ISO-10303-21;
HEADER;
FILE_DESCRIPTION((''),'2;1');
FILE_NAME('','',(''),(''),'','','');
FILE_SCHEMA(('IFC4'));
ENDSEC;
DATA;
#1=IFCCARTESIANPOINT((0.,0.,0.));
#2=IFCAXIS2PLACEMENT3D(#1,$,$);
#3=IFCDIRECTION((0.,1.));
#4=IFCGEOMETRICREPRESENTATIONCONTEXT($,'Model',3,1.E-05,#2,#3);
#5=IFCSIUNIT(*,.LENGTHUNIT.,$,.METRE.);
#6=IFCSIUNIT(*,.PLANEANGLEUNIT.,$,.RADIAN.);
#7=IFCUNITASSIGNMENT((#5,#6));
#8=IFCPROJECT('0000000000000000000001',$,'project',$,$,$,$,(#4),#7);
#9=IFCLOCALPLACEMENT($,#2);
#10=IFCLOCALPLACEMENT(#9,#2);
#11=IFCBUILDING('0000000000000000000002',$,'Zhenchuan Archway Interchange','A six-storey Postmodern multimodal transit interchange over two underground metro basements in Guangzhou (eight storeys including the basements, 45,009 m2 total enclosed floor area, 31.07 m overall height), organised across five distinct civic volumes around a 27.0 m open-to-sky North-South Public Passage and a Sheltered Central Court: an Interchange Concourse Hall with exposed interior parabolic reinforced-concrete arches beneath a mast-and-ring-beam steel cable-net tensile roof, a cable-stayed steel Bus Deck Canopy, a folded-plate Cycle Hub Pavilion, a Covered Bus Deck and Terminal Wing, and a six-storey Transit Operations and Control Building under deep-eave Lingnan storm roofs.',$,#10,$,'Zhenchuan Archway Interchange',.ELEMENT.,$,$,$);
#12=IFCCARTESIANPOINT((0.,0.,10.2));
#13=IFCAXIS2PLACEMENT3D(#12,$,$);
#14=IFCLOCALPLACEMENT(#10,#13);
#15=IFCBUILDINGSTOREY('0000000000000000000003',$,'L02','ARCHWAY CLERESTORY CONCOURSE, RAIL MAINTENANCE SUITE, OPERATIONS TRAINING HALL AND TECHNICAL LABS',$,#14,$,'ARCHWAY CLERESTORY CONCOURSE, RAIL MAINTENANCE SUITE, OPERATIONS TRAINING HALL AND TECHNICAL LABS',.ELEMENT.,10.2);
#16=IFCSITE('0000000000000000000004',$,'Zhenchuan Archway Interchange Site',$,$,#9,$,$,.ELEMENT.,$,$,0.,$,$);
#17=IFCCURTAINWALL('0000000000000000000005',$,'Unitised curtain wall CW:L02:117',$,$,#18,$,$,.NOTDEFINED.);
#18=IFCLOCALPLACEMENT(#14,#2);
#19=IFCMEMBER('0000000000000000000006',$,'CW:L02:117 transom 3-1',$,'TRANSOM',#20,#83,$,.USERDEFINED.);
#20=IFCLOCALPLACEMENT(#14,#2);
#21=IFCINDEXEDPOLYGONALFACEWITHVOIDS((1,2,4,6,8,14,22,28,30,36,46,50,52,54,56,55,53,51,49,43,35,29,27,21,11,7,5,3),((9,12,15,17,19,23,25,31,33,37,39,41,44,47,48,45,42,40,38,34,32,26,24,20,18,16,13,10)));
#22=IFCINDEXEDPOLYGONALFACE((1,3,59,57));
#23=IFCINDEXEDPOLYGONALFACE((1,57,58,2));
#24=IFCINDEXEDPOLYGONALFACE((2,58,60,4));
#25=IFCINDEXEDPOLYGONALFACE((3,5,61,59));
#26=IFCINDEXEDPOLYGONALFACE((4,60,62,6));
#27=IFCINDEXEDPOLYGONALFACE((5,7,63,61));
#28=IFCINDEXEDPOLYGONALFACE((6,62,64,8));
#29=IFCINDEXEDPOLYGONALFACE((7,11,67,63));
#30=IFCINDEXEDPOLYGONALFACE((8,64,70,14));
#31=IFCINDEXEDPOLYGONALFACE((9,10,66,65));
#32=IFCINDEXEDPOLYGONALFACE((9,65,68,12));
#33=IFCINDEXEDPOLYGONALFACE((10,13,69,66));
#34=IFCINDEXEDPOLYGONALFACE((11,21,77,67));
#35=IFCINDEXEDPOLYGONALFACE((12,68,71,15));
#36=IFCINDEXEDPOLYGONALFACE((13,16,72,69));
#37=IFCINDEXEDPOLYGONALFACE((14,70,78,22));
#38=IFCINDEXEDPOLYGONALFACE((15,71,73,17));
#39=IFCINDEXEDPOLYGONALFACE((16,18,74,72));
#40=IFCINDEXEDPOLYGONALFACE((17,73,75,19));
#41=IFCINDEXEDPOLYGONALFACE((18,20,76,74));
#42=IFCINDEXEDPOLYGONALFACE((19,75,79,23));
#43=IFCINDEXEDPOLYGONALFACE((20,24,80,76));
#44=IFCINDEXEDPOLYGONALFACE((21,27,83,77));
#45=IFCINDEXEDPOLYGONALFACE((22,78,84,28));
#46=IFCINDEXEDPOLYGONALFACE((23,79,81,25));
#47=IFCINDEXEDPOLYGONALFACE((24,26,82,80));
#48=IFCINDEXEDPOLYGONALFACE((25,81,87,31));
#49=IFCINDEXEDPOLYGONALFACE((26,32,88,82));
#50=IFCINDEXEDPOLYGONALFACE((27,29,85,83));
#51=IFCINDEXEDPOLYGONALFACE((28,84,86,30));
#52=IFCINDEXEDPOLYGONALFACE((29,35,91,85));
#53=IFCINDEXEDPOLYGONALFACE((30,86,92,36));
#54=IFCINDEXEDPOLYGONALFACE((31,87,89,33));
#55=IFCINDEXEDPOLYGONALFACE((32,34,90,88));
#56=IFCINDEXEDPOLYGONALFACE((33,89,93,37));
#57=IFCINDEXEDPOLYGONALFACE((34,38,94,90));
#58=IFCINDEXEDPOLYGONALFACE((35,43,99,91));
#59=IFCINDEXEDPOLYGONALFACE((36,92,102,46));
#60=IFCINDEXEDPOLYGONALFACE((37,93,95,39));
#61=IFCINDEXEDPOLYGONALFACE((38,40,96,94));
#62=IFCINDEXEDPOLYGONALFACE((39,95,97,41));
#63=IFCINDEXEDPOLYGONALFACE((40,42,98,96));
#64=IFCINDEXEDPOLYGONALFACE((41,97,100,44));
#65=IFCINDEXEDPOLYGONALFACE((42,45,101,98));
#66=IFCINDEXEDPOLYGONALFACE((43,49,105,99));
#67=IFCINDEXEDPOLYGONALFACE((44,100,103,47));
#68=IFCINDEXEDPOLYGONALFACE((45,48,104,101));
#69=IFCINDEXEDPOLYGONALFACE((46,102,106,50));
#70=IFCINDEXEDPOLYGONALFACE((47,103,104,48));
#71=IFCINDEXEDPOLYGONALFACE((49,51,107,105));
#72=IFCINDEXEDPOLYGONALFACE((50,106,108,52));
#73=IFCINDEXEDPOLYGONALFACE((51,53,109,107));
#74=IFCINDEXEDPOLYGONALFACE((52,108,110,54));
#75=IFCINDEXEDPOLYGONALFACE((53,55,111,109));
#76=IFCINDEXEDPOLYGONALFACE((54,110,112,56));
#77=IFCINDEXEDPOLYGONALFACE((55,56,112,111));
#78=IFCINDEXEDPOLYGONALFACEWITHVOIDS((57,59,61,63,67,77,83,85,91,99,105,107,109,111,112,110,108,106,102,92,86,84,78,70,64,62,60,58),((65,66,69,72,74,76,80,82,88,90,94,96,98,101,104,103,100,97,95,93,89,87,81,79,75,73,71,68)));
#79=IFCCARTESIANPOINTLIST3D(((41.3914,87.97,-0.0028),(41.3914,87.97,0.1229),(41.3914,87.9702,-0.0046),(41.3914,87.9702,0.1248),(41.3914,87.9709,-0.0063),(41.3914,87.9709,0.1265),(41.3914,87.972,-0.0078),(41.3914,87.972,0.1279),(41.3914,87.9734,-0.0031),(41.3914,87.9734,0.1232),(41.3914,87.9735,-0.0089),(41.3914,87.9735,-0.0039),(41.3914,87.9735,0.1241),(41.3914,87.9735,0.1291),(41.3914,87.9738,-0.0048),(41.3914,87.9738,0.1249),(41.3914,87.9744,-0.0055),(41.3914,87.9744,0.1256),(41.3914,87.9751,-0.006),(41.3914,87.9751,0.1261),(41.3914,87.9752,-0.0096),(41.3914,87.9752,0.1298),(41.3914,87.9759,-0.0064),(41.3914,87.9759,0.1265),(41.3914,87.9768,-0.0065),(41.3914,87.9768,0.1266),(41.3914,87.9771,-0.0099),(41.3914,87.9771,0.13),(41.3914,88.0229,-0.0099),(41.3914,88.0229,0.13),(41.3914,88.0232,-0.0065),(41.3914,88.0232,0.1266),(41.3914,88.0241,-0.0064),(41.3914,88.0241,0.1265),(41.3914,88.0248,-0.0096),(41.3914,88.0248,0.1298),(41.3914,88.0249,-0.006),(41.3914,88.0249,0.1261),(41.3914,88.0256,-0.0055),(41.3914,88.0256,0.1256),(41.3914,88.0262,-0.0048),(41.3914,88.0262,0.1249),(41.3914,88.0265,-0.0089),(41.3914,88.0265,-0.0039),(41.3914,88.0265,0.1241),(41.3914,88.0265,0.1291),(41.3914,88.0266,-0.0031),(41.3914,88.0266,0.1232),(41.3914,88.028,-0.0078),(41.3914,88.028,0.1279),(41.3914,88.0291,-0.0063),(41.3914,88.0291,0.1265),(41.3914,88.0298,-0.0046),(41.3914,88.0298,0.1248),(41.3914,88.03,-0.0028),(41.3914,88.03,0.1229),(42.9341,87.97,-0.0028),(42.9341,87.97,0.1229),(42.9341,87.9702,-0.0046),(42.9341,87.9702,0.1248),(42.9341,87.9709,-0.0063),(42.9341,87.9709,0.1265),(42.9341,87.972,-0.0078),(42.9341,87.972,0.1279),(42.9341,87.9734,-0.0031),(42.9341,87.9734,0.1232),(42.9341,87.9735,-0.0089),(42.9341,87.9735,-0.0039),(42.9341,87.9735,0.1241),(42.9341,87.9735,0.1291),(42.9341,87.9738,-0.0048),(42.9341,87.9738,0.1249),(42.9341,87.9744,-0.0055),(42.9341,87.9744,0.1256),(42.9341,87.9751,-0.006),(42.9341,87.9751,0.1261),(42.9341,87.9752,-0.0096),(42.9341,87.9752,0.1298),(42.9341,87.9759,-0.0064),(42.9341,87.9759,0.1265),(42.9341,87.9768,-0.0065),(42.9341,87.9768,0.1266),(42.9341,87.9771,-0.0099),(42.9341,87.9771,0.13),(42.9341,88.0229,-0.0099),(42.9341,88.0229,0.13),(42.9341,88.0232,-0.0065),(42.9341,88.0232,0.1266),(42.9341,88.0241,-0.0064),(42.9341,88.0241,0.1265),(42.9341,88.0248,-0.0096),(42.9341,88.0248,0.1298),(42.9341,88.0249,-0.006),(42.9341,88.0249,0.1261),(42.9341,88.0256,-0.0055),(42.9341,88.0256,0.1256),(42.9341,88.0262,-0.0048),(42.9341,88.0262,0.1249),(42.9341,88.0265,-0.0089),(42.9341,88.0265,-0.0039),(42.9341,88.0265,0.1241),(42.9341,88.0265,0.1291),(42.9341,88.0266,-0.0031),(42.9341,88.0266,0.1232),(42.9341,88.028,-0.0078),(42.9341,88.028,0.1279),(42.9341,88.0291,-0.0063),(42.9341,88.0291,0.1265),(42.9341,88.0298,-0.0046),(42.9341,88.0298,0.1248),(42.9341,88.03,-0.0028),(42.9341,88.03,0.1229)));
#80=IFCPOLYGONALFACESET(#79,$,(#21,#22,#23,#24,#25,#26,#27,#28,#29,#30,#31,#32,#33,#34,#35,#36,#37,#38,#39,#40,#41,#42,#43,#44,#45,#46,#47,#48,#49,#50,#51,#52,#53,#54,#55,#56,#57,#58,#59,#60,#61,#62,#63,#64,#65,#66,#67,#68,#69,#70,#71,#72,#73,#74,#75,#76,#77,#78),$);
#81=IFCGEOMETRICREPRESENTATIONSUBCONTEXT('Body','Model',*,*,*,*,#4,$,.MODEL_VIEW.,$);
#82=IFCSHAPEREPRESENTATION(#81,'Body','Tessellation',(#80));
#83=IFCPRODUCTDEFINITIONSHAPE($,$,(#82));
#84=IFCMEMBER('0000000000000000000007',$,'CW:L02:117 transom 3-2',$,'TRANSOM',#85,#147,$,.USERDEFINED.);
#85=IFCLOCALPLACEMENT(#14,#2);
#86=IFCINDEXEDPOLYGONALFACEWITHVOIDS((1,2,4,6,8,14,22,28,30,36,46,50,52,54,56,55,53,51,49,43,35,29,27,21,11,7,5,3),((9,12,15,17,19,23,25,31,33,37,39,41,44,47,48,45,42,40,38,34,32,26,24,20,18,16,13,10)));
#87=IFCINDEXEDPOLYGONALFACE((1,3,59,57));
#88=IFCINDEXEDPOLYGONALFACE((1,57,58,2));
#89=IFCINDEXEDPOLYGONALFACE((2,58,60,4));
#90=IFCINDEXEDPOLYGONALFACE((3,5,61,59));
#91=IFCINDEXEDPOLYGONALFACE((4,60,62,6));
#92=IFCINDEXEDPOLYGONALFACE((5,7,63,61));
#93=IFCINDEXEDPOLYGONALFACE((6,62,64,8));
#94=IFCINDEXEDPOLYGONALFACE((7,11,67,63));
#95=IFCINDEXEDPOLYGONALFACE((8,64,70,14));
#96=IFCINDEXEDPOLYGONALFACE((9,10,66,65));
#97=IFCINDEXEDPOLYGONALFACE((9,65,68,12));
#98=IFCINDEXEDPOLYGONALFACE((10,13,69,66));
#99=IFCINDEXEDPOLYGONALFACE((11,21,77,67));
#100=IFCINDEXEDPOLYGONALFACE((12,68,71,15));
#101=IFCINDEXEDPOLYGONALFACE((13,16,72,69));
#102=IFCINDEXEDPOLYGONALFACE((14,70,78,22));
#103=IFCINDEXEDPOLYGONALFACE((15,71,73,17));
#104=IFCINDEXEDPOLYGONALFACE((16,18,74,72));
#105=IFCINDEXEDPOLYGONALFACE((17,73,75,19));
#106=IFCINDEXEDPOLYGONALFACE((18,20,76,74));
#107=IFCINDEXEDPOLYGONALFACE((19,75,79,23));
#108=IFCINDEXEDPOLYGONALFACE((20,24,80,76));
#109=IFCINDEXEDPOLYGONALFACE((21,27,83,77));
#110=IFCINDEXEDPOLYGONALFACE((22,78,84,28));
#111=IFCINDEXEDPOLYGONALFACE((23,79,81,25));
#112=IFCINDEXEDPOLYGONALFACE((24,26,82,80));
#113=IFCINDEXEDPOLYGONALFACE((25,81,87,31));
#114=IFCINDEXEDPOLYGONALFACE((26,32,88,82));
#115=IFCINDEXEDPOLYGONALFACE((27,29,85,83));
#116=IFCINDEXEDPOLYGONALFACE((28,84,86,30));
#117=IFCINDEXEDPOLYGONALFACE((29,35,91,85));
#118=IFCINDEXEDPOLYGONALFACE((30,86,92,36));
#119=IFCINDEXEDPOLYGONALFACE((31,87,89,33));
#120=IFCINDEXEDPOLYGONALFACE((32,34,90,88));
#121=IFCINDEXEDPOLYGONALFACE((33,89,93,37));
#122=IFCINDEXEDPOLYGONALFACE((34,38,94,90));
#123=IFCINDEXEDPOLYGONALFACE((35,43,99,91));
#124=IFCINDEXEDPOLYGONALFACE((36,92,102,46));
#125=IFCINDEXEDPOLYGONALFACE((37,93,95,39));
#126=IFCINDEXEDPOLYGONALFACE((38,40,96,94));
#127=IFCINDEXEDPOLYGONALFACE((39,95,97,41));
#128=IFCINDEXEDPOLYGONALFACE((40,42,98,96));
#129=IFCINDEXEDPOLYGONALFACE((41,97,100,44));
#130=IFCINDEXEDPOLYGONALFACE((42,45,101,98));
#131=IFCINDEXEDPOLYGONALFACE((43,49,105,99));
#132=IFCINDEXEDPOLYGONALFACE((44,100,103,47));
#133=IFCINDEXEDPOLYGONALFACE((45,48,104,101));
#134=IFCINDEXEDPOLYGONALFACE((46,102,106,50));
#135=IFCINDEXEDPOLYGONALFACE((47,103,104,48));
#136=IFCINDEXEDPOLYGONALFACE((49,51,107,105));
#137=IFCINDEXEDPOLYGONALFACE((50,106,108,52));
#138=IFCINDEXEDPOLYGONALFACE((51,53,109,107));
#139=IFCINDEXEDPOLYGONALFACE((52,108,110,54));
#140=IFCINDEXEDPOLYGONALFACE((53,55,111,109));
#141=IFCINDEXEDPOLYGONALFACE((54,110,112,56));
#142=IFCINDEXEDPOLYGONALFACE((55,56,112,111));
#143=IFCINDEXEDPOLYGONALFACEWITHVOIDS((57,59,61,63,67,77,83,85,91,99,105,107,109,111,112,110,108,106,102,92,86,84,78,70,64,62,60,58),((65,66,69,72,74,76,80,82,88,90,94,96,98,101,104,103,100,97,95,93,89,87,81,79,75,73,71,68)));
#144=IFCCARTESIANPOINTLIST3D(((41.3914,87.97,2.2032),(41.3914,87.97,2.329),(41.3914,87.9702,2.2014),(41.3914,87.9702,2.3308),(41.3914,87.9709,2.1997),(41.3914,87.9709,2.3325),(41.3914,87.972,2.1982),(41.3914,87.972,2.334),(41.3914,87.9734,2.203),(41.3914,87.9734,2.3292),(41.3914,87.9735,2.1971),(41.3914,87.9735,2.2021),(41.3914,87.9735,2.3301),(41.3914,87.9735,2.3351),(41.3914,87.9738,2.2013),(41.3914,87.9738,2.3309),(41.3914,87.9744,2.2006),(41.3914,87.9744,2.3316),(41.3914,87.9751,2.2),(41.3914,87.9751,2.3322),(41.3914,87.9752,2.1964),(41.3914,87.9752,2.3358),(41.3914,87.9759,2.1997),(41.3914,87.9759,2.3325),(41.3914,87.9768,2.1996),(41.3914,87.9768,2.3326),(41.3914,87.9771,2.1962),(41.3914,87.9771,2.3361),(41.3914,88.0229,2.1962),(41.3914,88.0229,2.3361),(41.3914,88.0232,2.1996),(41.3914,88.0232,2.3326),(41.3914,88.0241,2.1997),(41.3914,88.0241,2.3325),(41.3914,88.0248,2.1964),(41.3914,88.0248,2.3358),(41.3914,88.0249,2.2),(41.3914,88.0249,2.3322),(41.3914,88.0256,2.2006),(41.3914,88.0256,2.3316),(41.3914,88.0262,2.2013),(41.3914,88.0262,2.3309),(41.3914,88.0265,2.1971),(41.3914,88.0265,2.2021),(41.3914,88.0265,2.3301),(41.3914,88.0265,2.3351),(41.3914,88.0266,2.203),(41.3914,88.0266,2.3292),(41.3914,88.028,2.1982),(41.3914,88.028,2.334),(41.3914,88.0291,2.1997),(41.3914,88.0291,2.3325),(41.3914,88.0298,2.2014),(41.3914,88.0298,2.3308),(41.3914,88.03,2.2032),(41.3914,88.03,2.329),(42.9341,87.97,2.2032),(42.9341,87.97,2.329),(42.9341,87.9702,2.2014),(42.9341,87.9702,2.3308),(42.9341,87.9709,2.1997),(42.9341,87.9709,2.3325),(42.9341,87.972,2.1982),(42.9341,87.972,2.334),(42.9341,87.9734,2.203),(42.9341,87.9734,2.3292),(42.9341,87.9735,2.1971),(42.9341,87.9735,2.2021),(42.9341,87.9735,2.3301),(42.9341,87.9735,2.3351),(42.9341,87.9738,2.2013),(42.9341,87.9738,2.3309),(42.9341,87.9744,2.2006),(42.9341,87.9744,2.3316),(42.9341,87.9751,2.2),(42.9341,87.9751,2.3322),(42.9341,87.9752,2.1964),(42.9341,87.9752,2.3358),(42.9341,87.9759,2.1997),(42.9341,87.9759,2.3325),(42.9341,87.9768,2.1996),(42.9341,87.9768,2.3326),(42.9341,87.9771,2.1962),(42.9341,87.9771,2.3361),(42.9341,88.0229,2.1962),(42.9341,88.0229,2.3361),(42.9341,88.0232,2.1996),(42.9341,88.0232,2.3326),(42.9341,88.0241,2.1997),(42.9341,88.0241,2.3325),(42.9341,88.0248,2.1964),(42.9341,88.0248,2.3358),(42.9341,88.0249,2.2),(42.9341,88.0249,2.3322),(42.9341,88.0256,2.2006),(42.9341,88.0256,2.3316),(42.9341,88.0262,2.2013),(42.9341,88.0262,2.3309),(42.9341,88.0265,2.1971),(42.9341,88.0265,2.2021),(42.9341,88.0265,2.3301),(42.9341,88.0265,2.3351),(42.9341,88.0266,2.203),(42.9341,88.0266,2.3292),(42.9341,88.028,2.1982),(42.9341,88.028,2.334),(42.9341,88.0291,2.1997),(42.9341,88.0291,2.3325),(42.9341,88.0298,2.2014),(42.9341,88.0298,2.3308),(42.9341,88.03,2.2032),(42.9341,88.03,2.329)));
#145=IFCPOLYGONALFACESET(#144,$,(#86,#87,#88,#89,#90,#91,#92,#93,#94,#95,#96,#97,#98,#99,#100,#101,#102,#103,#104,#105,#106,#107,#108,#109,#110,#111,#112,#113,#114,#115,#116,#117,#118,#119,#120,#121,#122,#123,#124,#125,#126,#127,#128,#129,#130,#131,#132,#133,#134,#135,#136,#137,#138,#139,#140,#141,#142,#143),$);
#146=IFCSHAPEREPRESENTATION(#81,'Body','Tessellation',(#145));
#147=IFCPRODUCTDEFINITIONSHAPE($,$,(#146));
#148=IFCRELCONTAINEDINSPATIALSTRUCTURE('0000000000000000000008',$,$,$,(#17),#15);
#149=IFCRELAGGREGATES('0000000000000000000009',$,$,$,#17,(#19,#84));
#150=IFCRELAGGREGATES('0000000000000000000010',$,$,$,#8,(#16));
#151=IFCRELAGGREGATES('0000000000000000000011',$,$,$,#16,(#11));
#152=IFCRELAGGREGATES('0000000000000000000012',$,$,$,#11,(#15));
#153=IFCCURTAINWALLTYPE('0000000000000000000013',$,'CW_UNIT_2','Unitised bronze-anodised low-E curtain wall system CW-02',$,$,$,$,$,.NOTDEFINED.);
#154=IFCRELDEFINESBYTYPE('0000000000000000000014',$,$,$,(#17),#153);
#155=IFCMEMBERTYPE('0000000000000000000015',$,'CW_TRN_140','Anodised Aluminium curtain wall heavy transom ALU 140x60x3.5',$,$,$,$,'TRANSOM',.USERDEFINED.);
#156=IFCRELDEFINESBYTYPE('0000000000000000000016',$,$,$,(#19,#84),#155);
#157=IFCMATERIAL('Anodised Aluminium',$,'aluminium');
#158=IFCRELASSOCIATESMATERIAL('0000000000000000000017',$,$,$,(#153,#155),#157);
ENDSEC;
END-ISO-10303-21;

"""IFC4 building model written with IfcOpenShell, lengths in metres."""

from ifc_helpers import new_model, si_unit, direction, frame, origin, origin_2d, place, context, subcontext, project, spatial, hollow_rectangle, extrude, material, material_profile, profile_set, type_object, element, aggregate, save


model = new_model("IFC4")

# Units and contexts
model_context = context("Model", 3, precision=1e-05, world=origin(), true_north=direction((0.0, 1.0)))
body_context = subcontext(model_context, "Body", "Model", "MODEL_VIEW")
ifc_project = project(units=[si_unit("LENGTHUNIT", "METRE"), si_unit("PLANEANGLEUNIT", "RADIAN")], contexts=[model_context])

# Site, building, storey
site_placement = place(None, origin())
site = spatial("IfcSite", under=ifc_project, at=site_placement, Name="Zhenchuan Archway Interchange Site", CompositionType="ELEMENT", RefElevation=0.0)
building_placement = place(site_placement, origin())
building = spatial("IfcBuilding", under=site, at=building_placement, Name="Zhenchuan Archway Interchange", Description="A six-storey Postmodern multimodal transit interchange over two underground metro basements in Guangzhou (eight storeys including the basements, 45,009 m2 total enclosed floor area, 31.07 m overall height), organised across five distinct civic volumes around a 27.0 m open-to-sky North-South Public Passage and a Sheltered Central Court: an Interchange Concourse Hall with exposed interior parabolic reinforced-concrete arches beneath a mast-and-ring-beam steel cable-net tensile roof, a cable-stayed steel Bus Deck Canopy, a folded-plate Cycle Hub Pavilion, a Covered Bus Deck and Terminal Wing, and a six-storey Transit Operations and Control Building under deep-eave Lingnan storm roofs.", LongName="Zhenchuan Archway Interchange", CompositionType="ELEMENT")
storey_placement = place(building_placement, frame((0.0, 0.0, 10.2)))
storey = spatial("IfcBuildingStorey", under=building, at=storey_placement, Name="L02", Description="ARCHWAY CLERESTORY CONCOURSE, RAIL MAINTENANCE SUITE, OPERATIONS TRAINING HALL AND TECHNICAL LABS", LongName="ARCHWAY CLERESTORY CONCOURSE, RAIL MAINTENANCE SUITE, OPERATIONS TRAINING HALL AND TECHNICAL LABS", CompositionType="ELEMENT", Elevation=10.2)

# Curtain wall, members
ifc_material_1 = material(Name="Anodised Aluminium", Category="aluminium")
curtain_wall_type = type_object("IfcCurtainWallType", Name="CW_UNIT_2", Description="Unitised bronze-anodised low-E curtain wall system CW-02", PredefinedType="NOTDEFINED", material=ifc_material_1)
curtain_wall_placement = place(storey_placement, origin())
curtain_wall = element("IfcCurtainWall", 1, at=curtain_wall_placement, inside=storey, type_object=curtain_wall_type, Name="Unitised curtain wall CW:L02:117", PredefinedType="NOTDEFINED")
ifc_material_profile_1 = material_profile(ifc_material_1, hollow_rectangle(XDim=0.0601, YDim=0.1399, WallThickness=0.0034, InnerFilletRadius=0.0034, OuterFilletRadius=0.0071, at=origin_2d()), Name="ALU 140x60x3.5")
ifc_profile_set_1 = profile_set([ifc_material_profile_1], Name="Anodised Aluminium")
member_type_1 = type_object("IfcMemberType", Name="CW_TRN_140", Description="Anodised Aluminium curtain wall heavy transom ALU 140x60x3.5", ElementType="TRANSOM", PredefinedType="USERDEFINED", material=ifc_profile_set_1)
member_1_placement = place(storey_placement, frame((41.3914, 88.0, 0.0601), z_axis=(1.0, 0.0, 0.0), x_axis=(0.0, 1.0, 0.0)))
member_1 = element("IfcMember", 2, at=member_1_placement, type_object=member_type_1, Name="CW:L02:117 transom 3-1", ObjectType="TRANSOM", PredefinedType="USERDEFINED", context=body_context, shape_type="SweptSolid", body=[
    extrude(hollow_rectangle(XDim=0.0601, YDim=0.1399, WallThickness=0.0034, InnerFilletRadius=0.0034, OuterFilletRadius=0.0071, at=origin_2d()), origin(), (0.0, 0.0, 1.0), 1.5427),
])
member_2_placement = place(storey_placement, frame((41.3914, 88.0, 2.2661), z_axis=(1.0, 0.0, 0.0), x_axis=(0.0, 1.0, 0.0)))
member_2 = element("IfcMember", 3, at=member_2_placement, type_object=member_type_1, Name="CW:L02:117 transom 3-2", ObjectType="TRANSOM", PredefinedType="USERDEFINED", context=body_context, shape_type="SweptSolid", body=[
    extrude(hollow_rectangle(XDim=0.0601, YDim=0.1399, WallThickness=0.0034, InnerFilletRadius=0.0034, OuterFilletRadius=0.0071, at=origin_2d()), origin(), (0.0, 0.0, 1.0), 1.5427),
])
aggregate(curtain_wall, [member_1, member_2])

save(model, "model.ifc")
